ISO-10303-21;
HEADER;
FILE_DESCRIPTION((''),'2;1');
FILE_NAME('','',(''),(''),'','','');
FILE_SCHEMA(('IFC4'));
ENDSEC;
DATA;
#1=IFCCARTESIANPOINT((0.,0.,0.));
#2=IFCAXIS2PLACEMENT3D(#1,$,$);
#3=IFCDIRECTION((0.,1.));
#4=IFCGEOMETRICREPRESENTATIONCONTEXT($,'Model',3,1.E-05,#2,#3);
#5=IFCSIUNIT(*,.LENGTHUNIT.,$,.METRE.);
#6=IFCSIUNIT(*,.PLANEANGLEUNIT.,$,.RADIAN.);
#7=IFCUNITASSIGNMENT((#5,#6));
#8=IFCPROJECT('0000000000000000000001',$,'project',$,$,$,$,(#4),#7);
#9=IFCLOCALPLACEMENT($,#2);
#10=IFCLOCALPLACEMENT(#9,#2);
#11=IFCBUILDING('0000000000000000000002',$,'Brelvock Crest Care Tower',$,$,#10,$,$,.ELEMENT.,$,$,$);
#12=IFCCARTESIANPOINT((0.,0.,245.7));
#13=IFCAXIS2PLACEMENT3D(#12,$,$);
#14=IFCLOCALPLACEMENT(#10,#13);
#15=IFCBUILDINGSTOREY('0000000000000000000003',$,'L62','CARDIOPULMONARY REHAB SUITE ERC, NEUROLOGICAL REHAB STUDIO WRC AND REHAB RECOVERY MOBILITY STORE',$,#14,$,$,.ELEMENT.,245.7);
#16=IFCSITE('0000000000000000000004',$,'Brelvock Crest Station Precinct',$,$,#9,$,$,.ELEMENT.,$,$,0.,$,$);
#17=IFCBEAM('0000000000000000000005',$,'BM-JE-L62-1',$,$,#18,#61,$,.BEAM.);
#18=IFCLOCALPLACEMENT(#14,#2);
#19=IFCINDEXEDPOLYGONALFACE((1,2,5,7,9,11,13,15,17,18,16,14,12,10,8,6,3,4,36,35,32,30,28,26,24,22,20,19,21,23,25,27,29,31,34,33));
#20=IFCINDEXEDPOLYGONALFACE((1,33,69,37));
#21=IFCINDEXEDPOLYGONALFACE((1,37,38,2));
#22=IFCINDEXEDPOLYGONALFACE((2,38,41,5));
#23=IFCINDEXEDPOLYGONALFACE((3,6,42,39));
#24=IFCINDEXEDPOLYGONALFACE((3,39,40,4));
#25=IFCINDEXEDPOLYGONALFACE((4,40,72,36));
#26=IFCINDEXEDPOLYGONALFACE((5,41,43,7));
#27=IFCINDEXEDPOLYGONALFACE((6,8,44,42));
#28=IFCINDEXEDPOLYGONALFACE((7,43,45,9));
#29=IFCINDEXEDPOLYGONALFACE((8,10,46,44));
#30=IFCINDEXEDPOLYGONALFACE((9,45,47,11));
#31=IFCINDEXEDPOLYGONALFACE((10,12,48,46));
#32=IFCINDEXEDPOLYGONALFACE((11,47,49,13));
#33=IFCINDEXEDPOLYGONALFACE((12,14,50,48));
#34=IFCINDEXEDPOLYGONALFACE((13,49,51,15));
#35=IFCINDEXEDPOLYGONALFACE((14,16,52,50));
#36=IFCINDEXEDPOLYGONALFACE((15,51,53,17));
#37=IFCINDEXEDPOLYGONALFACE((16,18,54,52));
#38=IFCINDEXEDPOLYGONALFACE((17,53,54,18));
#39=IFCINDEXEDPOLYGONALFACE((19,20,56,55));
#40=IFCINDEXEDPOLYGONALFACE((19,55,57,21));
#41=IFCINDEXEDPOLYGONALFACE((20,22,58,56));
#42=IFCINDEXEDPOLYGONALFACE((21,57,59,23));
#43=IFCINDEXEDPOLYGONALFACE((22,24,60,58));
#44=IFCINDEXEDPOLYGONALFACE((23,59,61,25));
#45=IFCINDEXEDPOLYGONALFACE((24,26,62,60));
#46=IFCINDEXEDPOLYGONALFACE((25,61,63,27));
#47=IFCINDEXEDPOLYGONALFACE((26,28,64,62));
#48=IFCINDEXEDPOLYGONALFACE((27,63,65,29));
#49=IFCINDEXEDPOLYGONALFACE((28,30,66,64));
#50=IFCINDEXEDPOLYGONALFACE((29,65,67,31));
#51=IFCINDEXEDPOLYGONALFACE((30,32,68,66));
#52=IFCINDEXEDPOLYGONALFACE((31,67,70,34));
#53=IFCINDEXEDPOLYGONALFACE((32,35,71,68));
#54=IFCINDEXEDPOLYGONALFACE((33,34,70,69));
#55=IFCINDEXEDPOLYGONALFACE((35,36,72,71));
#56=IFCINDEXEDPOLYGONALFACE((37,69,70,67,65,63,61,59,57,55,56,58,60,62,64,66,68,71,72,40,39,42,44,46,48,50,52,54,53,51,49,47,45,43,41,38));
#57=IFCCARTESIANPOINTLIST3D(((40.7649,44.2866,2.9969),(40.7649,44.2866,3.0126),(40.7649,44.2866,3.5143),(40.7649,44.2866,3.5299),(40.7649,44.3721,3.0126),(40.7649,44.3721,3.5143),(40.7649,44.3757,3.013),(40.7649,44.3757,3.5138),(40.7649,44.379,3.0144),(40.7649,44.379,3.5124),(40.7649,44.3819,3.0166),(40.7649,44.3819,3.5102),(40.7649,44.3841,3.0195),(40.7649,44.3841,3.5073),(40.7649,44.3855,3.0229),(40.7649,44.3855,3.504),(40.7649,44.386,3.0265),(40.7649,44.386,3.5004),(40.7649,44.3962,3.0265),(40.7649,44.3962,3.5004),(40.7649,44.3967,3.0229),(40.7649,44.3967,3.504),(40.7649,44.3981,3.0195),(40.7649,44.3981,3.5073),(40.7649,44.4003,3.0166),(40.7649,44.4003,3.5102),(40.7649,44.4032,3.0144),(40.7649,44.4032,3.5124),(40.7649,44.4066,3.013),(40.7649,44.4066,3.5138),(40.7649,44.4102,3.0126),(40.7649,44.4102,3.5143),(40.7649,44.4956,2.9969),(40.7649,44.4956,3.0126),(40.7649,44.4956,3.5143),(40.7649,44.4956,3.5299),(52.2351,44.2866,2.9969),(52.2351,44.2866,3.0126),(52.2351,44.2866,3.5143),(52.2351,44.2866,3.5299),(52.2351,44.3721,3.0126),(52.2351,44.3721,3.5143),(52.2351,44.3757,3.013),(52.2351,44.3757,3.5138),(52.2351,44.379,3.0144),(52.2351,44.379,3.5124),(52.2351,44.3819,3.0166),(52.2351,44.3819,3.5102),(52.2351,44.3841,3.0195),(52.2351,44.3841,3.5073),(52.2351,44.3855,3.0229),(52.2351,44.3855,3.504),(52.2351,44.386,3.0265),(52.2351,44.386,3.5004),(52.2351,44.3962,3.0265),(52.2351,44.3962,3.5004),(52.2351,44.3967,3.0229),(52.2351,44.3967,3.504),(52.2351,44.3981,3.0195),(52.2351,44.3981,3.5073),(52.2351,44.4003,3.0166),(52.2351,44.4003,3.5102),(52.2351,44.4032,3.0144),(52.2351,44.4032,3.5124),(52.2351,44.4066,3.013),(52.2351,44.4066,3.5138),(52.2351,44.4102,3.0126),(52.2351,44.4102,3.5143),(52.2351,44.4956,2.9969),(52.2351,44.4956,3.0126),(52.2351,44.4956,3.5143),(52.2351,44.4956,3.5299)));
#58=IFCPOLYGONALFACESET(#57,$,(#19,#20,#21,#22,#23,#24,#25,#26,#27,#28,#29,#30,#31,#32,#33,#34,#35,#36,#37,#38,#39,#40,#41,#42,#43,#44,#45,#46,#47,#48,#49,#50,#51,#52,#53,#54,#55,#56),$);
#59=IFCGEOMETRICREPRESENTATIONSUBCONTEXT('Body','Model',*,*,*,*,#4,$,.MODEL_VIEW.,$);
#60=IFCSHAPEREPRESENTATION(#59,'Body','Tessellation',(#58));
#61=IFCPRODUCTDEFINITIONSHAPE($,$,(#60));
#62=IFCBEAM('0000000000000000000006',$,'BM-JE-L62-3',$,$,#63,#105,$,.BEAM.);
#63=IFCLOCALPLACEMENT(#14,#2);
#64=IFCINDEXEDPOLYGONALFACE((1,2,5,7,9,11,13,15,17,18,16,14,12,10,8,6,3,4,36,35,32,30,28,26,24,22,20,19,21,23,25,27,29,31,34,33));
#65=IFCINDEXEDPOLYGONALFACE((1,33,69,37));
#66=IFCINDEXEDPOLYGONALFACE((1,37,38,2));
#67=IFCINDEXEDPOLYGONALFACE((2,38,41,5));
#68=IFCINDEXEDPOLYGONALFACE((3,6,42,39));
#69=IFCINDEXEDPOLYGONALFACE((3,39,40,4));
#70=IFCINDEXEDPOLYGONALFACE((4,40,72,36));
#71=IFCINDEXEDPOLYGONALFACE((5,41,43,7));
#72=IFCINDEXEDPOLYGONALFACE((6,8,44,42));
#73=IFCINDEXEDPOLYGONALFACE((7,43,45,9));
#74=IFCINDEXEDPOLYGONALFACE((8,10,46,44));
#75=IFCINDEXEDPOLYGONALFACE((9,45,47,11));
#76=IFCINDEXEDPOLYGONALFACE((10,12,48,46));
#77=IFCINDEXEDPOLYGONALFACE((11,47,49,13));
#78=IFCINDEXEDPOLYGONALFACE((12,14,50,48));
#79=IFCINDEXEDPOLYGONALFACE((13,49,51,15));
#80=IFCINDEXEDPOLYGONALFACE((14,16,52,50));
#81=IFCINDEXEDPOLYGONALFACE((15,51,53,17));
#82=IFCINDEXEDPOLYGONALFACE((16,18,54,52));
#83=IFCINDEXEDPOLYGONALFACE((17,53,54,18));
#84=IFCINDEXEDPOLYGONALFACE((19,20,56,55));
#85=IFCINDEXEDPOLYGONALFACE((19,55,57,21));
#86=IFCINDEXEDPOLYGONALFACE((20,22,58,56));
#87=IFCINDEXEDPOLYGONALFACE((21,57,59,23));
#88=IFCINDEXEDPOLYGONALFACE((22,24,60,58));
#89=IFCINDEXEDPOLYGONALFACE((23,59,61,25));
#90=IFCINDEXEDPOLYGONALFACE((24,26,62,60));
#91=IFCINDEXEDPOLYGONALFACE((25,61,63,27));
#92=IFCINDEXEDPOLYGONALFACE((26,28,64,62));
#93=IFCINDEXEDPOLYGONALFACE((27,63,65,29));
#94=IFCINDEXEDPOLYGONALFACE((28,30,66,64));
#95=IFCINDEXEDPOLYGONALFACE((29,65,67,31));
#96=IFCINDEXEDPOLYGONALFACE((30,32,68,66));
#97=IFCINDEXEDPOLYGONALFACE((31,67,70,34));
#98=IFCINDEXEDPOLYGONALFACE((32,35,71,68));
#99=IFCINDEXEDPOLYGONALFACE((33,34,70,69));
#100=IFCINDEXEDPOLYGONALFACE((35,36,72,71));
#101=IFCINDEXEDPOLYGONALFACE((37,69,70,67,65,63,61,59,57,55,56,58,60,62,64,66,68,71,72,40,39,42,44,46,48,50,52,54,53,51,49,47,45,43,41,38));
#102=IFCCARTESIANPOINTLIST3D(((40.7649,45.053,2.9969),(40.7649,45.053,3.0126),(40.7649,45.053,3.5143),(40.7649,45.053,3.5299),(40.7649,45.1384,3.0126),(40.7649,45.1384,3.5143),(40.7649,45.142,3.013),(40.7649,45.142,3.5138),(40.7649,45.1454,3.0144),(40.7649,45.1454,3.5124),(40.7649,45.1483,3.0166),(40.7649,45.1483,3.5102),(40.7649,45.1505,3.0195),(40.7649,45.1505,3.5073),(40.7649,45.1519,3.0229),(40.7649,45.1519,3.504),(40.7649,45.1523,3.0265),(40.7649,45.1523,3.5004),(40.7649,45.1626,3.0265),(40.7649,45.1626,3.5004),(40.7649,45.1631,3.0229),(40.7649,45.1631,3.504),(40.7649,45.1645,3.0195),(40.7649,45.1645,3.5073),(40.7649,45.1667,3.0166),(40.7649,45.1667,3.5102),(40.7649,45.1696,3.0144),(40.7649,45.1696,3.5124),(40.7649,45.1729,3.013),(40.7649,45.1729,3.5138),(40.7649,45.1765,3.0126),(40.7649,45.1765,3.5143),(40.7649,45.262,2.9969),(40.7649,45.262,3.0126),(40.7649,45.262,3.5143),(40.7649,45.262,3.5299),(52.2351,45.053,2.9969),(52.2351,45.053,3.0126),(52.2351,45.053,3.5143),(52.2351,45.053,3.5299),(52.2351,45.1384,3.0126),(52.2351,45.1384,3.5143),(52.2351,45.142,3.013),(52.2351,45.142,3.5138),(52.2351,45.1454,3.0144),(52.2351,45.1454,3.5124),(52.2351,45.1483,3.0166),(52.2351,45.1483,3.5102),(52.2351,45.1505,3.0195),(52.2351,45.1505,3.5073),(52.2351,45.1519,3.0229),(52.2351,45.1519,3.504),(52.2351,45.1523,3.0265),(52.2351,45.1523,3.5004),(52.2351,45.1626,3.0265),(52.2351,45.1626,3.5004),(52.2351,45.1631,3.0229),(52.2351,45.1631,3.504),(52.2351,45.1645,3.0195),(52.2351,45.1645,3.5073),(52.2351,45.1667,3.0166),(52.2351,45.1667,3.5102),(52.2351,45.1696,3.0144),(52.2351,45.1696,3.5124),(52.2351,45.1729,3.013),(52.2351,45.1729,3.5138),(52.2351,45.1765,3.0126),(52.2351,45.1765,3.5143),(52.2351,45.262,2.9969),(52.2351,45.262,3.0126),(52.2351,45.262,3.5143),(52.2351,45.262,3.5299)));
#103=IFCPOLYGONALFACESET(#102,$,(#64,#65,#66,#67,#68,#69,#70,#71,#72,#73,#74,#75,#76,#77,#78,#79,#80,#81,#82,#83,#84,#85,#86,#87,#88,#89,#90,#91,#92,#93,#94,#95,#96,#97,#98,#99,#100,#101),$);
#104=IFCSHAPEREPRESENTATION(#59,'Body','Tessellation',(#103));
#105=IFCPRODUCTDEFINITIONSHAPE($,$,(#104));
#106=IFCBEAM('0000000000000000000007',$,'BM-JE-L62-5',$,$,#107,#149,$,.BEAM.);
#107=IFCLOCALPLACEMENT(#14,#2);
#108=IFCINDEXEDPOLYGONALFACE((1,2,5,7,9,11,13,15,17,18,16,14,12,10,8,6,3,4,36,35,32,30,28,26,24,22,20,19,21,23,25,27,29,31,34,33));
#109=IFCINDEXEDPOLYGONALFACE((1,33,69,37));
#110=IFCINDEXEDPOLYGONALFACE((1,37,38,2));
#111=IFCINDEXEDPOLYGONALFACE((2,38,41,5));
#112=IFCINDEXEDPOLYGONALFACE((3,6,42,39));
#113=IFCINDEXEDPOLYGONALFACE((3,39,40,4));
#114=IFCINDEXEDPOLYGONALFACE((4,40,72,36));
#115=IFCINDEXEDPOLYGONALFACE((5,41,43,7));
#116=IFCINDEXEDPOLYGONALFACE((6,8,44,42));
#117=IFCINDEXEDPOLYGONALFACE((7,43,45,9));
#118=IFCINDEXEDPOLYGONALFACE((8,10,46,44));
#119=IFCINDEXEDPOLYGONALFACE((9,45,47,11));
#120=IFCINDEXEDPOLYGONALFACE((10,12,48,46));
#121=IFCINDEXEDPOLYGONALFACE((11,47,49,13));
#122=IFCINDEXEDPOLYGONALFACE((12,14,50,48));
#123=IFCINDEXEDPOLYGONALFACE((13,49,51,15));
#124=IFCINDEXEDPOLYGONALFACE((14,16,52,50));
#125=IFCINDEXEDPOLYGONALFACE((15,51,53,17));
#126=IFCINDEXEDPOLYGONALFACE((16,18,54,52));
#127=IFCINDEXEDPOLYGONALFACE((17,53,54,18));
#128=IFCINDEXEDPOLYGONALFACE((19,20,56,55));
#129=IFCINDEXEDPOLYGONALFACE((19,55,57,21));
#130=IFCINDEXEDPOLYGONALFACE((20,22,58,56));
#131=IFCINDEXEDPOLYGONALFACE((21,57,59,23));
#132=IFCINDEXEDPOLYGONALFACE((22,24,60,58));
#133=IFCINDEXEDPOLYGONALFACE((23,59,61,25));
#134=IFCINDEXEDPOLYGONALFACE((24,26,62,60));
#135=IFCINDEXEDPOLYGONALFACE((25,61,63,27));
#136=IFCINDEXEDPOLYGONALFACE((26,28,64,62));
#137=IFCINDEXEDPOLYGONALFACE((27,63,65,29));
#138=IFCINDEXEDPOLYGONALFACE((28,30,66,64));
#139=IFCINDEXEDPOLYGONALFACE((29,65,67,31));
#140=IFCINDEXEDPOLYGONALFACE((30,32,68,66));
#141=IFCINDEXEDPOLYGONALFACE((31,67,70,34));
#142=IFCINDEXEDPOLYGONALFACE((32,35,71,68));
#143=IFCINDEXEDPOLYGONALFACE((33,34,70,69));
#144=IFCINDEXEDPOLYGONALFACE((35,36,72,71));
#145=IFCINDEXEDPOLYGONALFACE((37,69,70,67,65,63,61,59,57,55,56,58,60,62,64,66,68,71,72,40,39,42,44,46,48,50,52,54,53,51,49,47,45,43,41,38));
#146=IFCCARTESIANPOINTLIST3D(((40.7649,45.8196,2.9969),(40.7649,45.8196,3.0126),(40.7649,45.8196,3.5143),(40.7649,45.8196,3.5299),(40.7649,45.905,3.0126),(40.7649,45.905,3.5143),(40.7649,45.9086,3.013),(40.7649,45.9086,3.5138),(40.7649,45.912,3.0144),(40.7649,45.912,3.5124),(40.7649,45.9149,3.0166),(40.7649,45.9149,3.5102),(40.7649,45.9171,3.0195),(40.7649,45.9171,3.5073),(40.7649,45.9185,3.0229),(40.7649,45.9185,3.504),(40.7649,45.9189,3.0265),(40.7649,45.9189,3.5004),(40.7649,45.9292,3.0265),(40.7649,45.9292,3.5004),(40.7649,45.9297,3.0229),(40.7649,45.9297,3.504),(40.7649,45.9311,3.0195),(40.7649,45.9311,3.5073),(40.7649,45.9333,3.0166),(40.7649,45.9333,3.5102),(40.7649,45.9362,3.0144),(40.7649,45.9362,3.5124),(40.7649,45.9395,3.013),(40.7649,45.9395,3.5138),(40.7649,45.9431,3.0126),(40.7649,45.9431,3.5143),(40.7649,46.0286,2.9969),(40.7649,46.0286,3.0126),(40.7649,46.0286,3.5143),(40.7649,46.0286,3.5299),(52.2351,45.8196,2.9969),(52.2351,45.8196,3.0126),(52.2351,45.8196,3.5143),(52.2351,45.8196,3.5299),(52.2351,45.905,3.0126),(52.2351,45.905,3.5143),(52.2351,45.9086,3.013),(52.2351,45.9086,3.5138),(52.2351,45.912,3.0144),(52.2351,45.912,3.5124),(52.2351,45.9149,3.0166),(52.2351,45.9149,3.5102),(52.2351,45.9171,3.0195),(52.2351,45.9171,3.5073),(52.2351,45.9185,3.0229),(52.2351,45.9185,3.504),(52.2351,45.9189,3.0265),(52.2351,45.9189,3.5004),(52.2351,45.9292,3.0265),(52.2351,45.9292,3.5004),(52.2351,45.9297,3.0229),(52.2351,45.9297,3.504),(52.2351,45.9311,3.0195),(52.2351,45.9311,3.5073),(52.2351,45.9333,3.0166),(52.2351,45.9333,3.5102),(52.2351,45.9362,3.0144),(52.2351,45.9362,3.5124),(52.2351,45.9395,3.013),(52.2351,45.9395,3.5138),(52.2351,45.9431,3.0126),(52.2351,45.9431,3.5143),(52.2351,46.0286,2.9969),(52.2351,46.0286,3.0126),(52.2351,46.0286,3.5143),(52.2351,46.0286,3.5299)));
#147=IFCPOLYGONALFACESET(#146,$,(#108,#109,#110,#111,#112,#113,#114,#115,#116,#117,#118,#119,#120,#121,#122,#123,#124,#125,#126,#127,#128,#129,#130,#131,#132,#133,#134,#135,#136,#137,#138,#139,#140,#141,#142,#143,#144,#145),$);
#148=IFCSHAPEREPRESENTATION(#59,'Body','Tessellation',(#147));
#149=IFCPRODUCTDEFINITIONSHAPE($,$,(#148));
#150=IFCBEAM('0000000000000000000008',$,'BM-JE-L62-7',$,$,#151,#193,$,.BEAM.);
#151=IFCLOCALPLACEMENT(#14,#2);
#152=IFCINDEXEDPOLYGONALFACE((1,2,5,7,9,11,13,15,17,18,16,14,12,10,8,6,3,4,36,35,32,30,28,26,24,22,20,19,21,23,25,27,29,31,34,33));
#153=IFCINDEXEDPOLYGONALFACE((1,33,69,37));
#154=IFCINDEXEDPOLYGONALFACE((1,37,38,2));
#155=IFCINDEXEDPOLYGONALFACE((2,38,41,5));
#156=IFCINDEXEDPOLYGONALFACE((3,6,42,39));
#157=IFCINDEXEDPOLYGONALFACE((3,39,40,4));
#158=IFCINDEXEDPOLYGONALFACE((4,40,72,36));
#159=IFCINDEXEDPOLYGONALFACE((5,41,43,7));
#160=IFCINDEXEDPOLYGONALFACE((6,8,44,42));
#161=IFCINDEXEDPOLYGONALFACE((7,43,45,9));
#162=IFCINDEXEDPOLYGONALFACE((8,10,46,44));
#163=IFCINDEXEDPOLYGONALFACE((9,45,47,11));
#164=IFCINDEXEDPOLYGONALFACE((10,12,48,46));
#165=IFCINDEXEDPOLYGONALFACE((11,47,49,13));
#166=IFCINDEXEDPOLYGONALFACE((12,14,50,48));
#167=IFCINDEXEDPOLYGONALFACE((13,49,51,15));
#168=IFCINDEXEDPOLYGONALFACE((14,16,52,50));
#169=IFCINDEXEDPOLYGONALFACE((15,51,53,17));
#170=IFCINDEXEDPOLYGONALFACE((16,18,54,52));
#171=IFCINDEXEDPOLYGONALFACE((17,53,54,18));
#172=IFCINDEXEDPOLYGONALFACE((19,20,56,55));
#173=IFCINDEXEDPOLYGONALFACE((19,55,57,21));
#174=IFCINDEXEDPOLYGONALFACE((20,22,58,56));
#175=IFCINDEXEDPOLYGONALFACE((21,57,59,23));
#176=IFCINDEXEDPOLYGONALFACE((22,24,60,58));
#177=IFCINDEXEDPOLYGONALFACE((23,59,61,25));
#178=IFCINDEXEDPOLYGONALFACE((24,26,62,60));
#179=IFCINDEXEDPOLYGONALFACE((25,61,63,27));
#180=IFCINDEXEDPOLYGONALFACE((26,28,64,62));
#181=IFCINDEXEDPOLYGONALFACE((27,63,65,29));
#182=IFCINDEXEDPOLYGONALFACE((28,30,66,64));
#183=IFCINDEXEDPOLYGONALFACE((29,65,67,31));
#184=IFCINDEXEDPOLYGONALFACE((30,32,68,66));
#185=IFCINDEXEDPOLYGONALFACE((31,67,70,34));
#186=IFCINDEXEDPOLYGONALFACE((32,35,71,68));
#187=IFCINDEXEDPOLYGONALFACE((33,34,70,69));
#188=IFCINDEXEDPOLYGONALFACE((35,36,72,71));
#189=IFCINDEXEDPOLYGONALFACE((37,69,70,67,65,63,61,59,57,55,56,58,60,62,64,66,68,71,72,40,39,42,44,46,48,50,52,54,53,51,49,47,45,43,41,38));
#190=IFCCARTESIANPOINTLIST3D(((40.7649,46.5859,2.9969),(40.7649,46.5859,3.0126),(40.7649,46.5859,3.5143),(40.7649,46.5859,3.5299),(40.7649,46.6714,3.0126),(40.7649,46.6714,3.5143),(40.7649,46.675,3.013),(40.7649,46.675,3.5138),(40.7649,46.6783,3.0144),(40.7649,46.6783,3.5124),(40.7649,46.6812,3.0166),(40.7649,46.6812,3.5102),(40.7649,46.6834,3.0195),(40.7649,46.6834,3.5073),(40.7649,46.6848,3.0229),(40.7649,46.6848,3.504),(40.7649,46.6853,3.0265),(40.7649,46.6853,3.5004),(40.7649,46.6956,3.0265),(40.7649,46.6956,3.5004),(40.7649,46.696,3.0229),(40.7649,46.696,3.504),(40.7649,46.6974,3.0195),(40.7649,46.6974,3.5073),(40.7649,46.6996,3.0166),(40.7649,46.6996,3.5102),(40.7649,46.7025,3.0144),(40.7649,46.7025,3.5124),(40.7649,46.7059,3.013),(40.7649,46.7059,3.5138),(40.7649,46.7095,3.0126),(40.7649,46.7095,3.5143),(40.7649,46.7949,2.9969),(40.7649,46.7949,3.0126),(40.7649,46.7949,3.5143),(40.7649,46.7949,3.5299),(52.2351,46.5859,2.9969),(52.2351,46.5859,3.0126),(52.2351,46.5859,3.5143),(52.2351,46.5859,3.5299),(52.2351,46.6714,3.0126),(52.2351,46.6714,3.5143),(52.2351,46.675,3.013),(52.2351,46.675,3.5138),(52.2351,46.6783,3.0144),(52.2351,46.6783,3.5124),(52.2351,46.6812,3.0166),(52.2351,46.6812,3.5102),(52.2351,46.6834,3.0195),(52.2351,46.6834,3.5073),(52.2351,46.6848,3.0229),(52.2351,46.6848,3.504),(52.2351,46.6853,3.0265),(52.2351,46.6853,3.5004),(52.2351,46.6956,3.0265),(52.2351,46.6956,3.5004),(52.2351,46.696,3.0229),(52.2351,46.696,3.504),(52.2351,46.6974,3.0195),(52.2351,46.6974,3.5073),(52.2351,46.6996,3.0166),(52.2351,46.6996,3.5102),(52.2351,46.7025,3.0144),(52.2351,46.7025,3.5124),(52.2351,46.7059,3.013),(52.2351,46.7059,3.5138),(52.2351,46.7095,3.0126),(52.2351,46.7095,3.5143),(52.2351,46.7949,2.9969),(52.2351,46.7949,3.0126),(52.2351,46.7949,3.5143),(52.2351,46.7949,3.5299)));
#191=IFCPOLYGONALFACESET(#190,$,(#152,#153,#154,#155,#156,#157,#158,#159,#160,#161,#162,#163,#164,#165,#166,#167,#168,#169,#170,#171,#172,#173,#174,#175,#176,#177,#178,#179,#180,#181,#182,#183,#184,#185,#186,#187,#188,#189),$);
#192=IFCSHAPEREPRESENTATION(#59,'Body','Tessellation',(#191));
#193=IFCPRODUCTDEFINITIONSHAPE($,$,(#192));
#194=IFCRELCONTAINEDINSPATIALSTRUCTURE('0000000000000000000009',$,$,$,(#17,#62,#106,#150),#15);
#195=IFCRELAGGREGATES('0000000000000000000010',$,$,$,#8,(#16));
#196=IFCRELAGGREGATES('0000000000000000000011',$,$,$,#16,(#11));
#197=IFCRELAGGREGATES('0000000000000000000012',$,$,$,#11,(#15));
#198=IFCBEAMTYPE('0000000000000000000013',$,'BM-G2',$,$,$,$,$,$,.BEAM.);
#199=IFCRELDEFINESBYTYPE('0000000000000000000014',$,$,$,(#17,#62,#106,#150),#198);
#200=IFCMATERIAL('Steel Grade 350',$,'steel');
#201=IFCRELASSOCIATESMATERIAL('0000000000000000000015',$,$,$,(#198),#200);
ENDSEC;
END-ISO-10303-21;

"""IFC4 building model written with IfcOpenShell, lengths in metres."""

from ifc_helpers import new_model, si_unit, direction, frame, origin, origin_2d, place, context, subcontext, project, spatial, i_section, extrude, source, transform, mapped, material, material_profile, profile_set, type_object, element, save


model = new_model("IFC4")

# Units and contexts
model_context = context("Model", 3, precision=1e-05, world=origin(), true_north=direction((0.0, 1.0)))
body_context = subcontext(model_context, "Body", "Model", "MODEL_VIEW")
ifc_project = project(units=[si_unit("LENGTHUNIT", "METRE"), si_unit("PLANEANGLEUNIT", "RADIAN")], contexts=[model_context])

# Site, building, storey
site_placement = place(None, origin())
site = spatial("IfcSite", under=ifc_project, at=site_placement, Name="Brelvock Crest Station Precinct", CompositionType="ELEMENT", RefElevation=0.0)
building_placement = place(site_placement, origin())
building = spatial("IfcBuilding", under=site, at=building_placement, Name="Brelvock Crest Care Tower", CompositionType="ELEMENT")
storey_placement = place(building_placement, frame((0.0, 0.0, 245.7)))
storey = spatial("IfcBuildingStorey", under=building, at=storey_placement, Name="L62", Description="CARDIOPULMONARY REHAB SUITE ERC, NEUROLOGICAL REHAB STUDIO WRC AND REHAB RECOVERY MOBILITY STORE", CompositionType="ELEMENT", Elevation=245.7)

# Beams
ifc_material_1 = material(Name="Steel Grade 350", Category="steel")
ifc_material_profile_1 = material_profile(ifc_material_1, i_section(OverallWidth=0.209, OverallDepth=0.533, WebThickness=0.0103, FlangeThickness=0.0156, FilletRadius=0.0139, at=origin_2d()), Name="530UB92.4")
ifc_profile_set_1 = profile_set([ifc_material_profile_1], Name="Steel Grade 350")
beam_type_1 = type_object("IfcBeamType", Name="BM-G2", PredefinedType="BEAM", material=ifc_profile_set_1)
shared_shape_1 = source(origin(), body_context, "Body", "SweptSolid", [
    extrude(i_section(OverallWidth=0.209, OverallDepth=0.533, WebThickness=0.0103, FlangeThickness=0.0156, FilletRadius=0.0139, at=origin_2d()), origin(), (0.0, 0.0, 1.0), 11.4702),
])
for number, where, z_axis, x_axis, name in (
    (1, (40.7649, 44.3911, 3.2634), (1.0, 0.0, 0.0), (0.0, 1.0, 0.0), "BM-JE-L62-1"),
    (2, (40.7649, 45.1575, 3.2634), (1.0, 0.0, 0.0), (0.0, 1.0, 0.0), "BM-JE-L62-3"),
    (3, (40.7649, 45.9241, 3.2634), (1.0, 0.0, 0.0), (0.0, 1.0, 0.0), "BM-JE-L62-5"),
    (4, (40.7649, 46.6904, 3.2634), (1.0, 0.0, 0.0), (0.0, 1.0, 0.0), "BM-JE-L62-7"),
):
    element("IfcBeam", number, at=place(storey_placement, frame(where, z_axis=z_axis, x_axis=x_axis)), inside=storey, type_object=beam_type_1, Name=name, PredefinedType="BEAM", context=body_context, shape_type="MappedRepresentation", body=[
        mapped(shared_shape_1, transform((0.0, 0.0, 0.0), x_axis=(1.0, 0.0, 0.0), y_axis=(0.0, 1.0, 0.0), z_axis=(0.0, 0.0, 1.0), scale=1.0)),
    ])

save(model, "model.ifc")
